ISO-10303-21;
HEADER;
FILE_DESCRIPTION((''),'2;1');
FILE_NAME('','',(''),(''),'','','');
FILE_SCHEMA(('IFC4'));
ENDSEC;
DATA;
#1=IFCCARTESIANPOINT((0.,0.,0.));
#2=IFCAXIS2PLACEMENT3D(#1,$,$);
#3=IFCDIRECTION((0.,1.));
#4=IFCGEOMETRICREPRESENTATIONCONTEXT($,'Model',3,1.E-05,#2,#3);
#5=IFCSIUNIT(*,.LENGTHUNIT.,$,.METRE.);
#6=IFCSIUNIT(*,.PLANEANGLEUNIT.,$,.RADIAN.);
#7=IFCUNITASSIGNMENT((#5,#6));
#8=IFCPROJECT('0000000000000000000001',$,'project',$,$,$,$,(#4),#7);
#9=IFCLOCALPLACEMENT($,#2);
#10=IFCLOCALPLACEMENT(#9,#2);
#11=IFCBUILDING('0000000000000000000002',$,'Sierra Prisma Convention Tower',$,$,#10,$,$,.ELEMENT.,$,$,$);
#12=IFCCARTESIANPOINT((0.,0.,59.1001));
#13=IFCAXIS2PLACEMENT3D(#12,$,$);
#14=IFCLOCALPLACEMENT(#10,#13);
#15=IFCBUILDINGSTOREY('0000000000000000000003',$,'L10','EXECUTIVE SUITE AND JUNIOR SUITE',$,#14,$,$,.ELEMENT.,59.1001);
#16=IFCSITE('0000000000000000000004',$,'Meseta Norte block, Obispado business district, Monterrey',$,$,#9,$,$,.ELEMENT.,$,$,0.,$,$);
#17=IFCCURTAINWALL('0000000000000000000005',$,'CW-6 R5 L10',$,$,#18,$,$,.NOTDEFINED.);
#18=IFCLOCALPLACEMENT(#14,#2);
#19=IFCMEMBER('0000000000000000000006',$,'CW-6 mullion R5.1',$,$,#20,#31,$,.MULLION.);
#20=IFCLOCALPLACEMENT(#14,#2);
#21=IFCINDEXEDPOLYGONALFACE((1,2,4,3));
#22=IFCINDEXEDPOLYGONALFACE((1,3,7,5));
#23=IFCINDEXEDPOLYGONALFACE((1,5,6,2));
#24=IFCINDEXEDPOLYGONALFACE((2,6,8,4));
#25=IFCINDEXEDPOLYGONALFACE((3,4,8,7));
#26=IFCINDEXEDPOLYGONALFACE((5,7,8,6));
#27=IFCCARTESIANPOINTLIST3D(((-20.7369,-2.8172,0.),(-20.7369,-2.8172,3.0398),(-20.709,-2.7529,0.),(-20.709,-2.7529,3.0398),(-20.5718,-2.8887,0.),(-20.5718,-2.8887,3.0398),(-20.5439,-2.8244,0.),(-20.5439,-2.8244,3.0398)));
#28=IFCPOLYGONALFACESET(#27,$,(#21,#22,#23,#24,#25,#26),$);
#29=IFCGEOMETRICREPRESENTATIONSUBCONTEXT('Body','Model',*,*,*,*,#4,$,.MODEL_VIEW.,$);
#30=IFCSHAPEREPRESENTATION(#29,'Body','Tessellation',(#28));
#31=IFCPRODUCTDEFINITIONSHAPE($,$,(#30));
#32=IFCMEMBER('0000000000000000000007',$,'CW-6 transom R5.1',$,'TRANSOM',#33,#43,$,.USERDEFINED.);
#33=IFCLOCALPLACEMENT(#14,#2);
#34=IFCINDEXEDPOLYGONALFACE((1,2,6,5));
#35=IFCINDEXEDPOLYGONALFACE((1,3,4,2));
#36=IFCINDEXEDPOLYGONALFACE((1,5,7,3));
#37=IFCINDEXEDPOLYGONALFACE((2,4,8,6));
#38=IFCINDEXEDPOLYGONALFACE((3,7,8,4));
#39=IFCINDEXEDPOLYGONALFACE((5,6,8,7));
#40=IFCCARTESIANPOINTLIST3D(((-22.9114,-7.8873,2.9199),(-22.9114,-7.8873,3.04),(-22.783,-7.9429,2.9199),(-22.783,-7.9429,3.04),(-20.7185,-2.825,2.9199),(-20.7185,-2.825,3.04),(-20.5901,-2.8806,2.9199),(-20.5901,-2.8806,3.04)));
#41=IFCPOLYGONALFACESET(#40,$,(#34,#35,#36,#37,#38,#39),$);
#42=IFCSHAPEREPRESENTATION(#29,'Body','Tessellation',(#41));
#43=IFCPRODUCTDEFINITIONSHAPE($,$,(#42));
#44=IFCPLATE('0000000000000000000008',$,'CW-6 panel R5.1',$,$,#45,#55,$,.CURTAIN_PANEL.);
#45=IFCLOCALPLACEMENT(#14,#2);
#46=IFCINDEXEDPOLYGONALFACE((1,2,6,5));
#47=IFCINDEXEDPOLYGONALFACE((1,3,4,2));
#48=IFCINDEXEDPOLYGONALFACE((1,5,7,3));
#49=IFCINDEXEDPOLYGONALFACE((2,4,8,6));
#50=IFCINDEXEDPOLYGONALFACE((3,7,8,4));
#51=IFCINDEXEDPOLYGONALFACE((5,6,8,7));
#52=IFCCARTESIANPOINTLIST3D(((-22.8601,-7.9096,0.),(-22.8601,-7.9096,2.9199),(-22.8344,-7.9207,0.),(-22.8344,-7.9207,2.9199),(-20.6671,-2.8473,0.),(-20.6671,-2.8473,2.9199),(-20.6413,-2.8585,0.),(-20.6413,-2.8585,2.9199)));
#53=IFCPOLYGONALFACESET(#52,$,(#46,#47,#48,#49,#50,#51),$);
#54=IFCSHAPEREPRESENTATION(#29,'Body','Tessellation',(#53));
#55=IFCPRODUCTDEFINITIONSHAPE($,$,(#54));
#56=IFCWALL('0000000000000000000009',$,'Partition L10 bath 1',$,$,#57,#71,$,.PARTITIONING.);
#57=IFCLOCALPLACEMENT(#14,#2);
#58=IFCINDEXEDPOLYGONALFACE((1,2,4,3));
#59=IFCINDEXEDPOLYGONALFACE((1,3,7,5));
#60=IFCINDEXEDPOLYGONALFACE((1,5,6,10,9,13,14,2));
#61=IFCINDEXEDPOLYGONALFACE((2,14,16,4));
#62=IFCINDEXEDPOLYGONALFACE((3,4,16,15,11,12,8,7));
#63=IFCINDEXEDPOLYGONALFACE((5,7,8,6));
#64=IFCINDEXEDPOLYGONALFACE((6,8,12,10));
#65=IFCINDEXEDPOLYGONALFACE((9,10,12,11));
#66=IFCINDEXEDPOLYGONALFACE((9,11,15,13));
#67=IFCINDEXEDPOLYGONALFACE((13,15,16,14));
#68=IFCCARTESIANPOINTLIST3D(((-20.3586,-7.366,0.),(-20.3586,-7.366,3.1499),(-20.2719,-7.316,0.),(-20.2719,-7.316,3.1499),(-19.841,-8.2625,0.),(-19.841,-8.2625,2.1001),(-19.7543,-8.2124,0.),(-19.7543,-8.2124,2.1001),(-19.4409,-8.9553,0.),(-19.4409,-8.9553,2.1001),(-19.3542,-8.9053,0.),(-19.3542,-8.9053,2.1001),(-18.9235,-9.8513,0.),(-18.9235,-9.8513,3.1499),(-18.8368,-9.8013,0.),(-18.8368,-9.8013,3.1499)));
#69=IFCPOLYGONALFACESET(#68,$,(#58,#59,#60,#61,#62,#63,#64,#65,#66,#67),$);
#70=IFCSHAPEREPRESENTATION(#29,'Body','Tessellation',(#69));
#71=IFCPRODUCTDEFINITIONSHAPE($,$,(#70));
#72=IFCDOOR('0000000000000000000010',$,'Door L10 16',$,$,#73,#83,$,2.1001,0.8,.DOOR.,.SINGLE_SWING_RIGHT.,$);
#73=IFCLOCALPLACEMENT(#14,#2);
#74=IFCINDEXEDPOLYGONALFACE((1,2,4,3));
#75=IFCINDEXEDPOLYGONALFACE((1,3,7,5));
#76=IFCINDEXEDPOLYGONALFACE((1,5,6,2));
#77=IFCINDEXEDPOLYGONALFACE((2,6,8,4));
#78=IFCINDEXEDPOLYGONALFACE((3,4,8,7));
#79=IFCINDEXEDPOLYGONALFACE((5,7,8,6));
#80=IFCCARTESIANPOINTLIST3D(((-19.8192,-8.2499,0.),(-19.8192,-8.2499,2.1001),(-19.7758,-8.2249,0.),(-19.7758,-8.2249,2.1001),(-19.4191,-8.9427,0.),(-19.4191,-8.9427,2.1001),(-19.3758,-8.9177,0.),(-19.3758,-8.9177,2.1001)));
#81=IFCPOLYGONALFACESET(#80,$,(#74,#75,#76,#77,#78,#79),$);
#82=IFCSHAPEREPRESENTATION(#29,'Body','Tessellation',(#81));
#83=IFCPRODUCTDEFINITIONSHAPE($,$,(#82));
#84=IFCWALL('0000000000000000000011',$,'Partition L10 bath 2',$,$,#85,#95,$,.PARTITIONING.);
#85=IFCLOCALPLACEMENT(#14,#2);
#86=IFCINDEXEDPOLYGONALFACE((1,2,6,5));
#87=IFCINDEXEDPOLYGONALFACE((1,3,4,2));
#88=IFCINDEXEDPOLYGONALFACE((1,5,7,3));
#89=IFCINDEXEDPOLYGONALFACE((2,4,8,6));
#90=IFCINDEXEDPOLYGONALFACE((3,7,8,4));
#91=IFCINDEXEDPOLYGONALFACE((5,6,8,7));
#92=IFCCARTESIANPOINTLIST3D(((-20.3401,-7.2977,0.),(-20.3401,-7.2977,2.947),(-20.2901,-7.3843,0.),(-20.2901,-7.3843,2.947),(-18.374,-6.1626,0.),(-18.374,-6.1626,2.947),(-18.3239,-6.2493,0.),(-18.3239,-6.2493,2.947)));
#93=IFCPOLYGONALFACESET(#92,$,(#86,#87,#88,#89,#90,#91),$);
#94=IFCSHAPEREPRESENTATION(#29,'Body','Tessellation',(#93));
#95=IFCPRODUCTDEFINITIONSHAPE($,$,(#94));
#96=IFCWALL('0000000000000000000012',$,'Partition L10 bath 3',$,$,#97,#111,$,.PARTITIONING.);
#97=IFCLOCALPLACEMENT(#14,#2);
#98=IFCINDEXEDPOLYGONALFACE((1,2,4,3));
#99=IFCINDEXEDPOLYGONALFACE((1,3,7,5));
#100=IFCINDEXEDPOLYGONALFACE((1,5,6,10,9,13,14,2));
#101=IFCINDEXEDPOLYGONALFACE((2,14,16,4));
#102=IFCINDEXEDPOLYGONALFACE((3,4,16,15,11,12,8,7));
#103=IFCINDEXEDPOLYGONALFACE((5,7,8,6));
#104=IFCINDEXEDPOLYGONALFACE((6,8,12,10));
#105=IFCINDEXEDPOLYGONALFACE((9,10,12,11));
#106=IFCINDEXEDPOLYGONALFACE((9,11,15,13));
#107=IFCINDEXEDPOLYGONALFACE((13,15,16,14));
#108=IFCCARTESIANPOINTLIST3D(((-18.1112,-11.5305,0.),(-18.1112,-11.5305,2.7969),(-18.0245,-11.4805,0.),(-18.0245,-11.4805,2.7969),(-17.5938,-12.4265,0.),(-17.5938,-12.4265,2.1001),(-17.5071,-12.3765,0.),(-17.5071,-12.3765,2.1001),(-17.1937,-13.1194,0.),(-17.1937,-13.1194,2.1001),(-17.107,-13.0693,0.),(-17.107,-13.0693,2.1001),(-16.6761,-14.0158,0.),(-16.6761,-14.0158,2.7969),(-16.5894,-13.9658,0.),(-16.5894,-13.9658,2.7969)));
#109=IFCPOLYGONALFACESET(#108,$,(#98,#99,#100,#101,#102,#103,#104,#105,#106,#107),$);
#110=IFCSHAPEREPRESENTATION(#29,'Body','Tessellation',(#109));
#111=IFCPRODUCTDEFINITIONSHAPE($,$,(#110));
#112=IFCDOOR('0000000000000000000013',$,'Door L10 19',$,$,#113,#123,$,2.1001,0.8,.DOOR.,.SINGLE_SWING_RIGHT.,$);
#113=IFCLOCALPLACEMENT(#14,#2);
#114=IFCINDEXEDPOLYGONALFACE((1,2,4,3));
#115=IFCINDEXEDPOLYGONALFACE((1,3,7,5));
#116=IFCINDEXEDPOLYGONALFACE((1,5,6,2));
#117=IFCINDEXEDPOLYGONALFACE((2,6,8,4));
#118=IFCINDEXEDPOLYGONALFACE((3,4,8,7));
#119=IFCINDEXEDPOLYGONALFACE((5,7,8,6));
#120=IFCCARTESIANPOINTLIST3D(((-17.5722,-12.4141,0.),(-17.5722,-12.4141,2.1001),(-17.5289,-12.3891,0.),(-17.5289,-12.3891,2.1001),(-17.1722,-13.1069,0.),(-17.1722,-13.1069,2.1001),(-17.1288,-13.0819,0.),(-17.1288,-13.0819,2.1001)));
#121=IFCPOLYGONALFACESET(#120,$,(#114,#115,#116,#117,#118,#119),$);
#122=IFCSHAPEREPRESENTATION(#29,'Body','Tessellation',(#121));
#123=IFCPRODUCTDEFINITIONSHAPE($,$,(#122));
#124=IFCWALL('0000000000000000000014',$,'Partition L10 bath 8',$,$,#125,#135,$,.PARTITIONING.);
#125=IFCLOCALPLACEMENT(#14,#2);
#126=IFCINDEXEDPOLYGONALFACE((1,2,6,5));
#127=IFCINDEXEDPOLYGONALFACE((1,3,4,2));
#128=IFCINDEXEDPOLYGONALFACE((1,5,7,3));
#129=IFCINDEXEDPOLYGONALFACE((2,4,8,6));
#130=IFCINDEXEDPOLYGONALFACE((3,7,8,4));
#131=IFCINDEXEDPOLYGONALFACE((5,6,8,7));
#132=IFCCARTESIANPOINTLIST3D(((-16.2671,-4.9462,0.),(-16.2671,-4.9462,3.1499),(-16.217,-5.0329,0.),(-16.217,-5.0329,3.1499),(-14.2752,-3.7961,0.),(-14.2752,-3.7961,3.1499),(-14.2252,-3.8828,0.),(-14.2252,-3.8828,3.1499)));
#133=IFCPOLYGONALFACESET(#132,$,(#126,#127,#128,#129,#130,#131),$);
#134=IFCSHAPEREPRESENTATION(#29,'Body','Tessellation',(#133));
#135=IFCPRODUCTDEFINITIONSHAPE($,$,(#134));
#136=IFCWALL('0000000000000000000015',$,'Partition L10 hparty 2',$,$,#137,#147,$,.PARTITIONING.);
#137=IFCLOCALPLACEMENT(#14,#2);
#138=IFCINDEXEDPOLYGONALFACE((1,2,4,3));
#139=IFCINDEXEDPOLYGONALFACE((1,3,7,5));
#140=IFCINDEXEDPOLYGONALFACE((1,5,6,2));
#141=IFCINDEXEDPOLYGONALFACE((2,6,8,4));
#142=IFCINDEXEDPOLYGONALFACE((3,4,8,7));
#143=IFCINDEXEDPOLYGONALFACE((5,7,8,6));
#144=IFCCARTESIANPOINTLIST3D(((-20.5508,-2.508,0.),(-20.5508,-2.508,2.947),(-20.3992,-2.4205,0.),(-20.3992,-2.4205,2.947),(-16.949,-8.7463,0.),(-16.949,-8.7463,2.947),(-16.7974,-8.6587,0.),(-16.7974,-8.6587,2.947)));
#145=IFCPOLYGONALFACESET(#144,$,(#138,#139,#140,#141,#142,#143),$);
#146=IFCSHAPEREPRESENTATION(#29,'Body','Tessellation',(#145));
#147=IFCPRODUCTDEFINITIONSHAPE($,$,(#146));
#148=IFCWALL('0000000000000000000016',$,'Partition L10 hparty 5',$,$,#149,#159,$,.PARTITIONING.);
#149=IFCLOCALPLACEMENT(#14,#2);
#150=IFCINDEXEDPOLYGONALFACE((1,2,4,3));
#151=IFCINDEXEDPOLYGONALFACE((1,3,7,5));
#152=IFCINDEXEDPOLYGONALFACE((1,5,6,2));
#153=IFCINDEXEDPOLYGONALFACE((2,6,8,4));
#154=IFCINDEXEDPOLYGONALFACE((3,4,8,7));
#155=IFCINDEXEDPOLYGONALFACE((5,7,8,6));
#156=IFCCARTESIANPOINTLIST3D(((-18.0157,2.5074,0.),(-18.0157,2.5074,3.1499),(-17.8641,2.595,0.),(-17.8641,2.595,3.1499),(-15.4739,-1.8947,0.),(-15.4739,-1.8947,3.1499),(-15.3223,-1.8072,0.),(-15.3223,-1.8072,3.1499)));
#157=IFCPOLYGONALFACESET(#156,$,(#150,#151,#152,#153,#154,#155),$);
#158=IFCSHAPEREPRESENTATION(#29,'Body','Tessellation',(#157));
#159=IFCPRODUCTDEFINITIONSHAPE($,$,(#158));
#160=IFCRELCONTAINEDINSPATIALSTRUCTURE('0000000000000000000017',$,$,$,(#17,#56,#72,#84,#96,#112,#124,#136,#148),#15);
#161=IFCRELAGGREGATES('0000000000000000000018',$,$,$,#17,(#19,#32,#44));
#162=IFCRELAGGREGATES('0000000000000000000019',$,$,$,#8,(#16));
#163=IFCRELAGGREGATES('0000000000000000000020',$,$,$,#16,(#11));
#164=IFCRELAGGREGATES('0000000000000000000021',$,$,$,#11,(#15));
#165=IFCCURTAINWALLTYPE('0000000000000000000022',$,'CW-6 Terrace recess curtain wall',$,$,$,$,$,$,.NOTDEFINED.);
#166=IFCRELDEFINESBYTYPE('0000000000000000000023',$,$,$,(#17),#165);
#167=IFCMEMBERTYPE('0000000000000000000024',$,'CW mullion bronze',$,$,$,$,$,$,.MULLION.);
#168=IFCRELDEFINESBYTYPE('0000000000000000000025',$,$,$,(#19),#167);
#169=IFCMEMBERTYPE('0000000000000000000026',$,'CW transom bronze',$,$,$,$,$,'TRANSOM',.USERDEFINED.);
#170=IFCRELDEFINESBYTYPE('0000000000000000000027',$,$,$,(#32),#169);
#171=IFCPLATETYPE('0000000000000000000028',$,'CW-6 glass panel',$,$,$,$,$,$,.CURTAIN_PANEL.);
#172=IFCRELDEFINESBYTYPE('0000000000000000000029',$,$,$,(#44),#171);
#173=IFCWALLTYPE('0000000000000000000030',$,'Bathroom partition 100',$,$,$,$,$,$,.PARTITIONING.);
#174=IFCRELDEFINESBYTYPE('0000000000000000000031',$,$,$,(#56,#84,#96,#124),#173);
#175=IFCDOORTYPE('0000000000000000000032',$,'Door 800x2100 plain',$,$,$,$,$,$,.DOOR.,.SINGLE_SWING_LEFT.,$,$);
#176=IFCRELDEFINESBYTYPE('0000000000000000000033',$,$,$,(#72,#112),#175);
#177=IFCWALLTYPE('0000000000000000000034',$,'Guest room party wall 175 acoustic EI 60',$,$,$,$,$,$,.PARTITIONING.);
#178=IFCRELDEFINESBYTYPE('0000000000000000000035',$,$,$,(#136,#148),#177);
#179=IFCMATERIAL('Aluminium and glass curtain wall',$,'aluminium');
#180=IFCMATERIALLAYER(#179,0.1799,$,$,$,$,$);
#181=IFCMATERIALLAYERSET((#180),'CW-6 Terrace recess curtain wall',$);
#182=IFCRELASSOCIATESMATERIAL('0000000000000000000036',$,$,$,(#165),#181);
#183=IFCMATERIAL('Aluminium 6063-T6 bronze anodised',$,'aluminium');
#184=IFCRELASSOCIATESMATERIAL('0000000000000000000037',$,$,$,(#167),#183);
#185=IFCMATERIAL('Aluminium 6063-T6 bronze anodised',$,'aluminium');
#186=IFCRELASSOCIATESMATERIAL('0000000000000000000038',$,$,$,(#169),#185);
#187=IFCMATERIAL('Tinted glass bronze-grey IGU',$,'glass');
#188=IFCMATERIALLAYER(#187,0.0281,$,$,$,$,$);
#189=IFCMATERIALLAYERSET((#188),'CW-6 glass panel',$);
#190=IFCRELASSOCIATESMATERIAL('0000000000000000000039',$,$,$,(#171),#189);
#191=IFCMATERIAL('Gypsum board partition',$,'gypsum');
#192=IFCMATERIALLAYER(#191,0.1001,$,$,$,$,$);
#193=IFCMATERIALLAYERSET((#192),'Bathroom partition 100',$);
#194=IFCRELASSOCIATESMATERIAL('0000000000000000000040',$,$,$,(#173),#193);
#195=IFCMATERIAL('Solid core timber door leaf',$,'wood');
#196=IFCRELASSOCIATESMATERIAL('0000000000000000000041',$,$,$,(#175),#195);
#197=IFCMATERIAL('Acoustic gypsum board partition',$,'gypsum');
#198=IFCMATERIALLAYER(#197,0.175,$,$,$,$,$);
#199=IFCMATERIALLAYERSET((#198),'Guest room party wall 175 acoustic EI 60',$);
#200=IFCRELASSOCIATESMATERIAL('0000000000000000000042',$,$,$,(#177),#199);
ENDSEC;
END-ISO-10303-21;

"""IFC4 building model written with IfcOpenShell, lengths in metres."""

from ifc_helpers import new_model, si_unit, direction, frame, frame_2d, origin, origin_2d, place, context, subcontext, project, spatial, rectangle, extrude, material, layer, layer_set, material_profile, profile_set, type_object, element, fill, aggregate, save


model = new_model("IFC4")

# Units and contexts
model_context = context("Model", 3, precision=1e-05, world=origin(), true_north=direction((0.0, 1.0)))
body_context = subcontext(model_context, "Body", "Model", "MODEL_VIEW")
ifc_project = project(units=[si_unit("LENGTHUNIT", "METRE"), si_unit("PLANEANGLEUNIT", "RADIAN")], contexts=[model_context])

# Site, building, storey
site_placement = place(None, origin())
site = spatial("IfcSite", under=ifc_project, at=site_placement, Name="Meseta Norte block, Obispado business district, Monterrey", CompositionType="ELEMENT", RefElevation=0.0)
building_placement = place(site_placement, origin())
building = spatial("IfcBuilding", under=site, at=building_placement, Name="Sierra Prisma Convention Tower", CompositionType="ELEMENT")
storey_placement = place(building_placement, frame((0.0, 0.0, 59.1001)))
storey = spatial("IfcBuildingStorey", under=building, at=storey_placement, Name="L10", Description="EXECUTIVE SUITE AND JUNIOR SUITE", CompositionType="ELEMENT", Elevation=59.1001)

# Curtain wall, members, plate
ifc_material_1 = material(Name="Aluminium and glass curtain wall", Category="aluminium")
ifc_layer_1 = layer(ifc_material_1, 0.1799)
ifc_layer_set_1 = layer_set([ifc_layer_1], Name="CW-6 Terrace recess curtain wall")
curtain_wall_type = type_object("IfcCurtainWallType", Name="CW-6 Terrace recess curtain wall", PredefinedType="NOTDEFINED", material=ifc_layer_set_1)
curtain_wall_placement = place(storey_placement, origin())
curtain_wall = element("IfcCurtainWall", 1, at=curtain_wall_placement, inside=storey, type_object=curtain_wall_type, Name="CW-6 R5 L10", PredefinedType="NOTDEFINED")
ifc_material_2 = material(Name="Aluminium 6063-T6 bronze anodised", Category="aluminium")
ifc_material_profile_1 = material_profile(ifc_material_2, rectangle(XDim=0.1799, YDim=0.0701, at=origin_2d()), Name="ALU MULLION 70x180")
ifc_profile_set_1 = profile_set([ifc_material_profile_1], Name="Aluminium 6063-T6 bronze anodised")
member_type_1 = type_object("IfcMemberType", Name="CW mullion bronze", PredefinedType="MULLION", material=ifc_profile_set_1)
member_1_placement = place(storey_placement, frame((-20.6404, -2.8208, 0.0), z_axis=(0.0, 0.0, 1.0), x_axis=(0.917597, -0.397512, 0.0)))
member_1 = element("IfcMember", 2, at=member_1_placement, type_object=member_type_1, Name="CW-6 mullion R5.1", PredefinedType="MULLION", context=body_context, shape_type="SweptSolid", body=[
    extrude(rectangle(XDim=0.1799, YDim=0.0701, at=origin_2d()), origin(), (0.0, 0.0, 1.0), 3.0398),
])
ifc_material_3 = material(Name="Aluminium 6063-T6 bronze anodised", Category="aluminium")
ifc_material_profile_2 = material_profile(ifc_material_3, rectangle(XDim=0.1399, YDim=0.1201, at=origin_2d()), Name="ALU TRANSOM 120x140")
ifc_profile_set_2 = profile_set([ifc_material_profile_2], Name="Aluminium 6063-T6 bronze anodised")
member_type_2 = type_object("IfcMemberType", Name="CW transom bronze", ElementType="TRANSOM", PredefinedType="USERDEFINED", material=ifc_profile_set_2)
member_2_placement = place(storey_placement, frame((-20.6543, -2.8528, 2.98), z_axis=(-0.397489, -0.917607, 0.0), x_axis=(0.917607, -0.397489, 0.0)))
member_2 = element("IfcMember", 3, at=member_2_placement, type_object=member_type_2, Name="CW-6 transom R5.1", ObjectType="TRANSOM", PredefinedType="USERDEFINED", context=body_context, shape_type="SweptSolid", body=[
    extrude(rectangle(XDim=0.1399, YDim=0.1201, at=origin_2d()), origin(), (0.0, 0.0, 1.0), 5.5168),
])
ifc_material_4 = material(Name="Tinted glass bronze-grey IGU", Category="glass")
ifc_layer_2 = layer(ifc_material_4, 0.0281)
ifc_layer_set_2 = layer_set([ifc_layer_2], Name="CW-6 glass panel")
plate_type = type_object("IfcPlateType", Name="CW-6 glass panel", PredefinedType="CURTAIN_PANEL", material=ifc_layer_set_2)
plate_placement = place(storey_placement, frame((-21.7507, -5.384, 0.0), z_axis=(0.0, 0.0, 1.0), x_axis=(-0.397512, -0.917597, 0.0)))
plate = element("IfcPlate", 4, at=plate_placement, type_object=plate_type, Name="CW-6 panel R5.1", PredefinedType="CURTAIN_PANEL", context=body_context, shape_type="SweptSolid", body=[
    extrude(rectangle(XDim=5.5168, YDim=0.0281, at=origin_2d()), origin(), (0.0, 0.0, 1.0), 2.9199),
])
aggregate(curtain_wall, [member_1, member_2, plate])

# Wall, opening, door
ifc_material_5 = material(Name="Gypsum board partition", Category="gypsum")
ifc_layer_3 = layer(ifc_material_5, 0.1001)
ifc_layer_set_3 = layer_set([ifc_layer_3], Name="Bathroom partition 100")
wall_type_1 = type_object("IfcWallType", Name="Bathroom partition 100", PredefinedType="PARTITIONING", material=ifc_layer_set_3)
wall_1_placement = place(storey_placement, frame((-18.8801, -9.8264, 0.0), z_axis=(0.0, 0.0, 1.0), x_axis=(-0.500037, 0.866004, 0.0)))
wall_1 = element("IfcWall", 5, at=wall_1_placement, inside=storey, type_object=wall_type_1, Name="Partition L10 bath 1", PredefinedType="PARTITIONING", context=body_context, shape_type="SweptSolid", body=[
    extrude(rectangle(XDim=2.8699, YDim=0.1001, at=frame_2d((1.4351, 0.0))), origin(), (0.0, 0.0, 1.0), 3.1499),
])
opening_1_placement = place(wall_1_placement, frame((1.0349, 0.0, 0.0)))
opening_1 = element("IfcOpeningElement", 6, at=opening_1_placement, cuts=wall_1, PredefinedType="OPENING", context=body_context, shape_type="SweptSolid", body=[
    extrude(rectangle(XDim=0.8, YDim=2.1001, at=frame_2d((0.3999, 1.05))), frame((0.0, 0.05, 0.0), z_axis=(0.0, -1.0, 0.0), x_axis=(1.0, 0.0, 0.0)), (0.0, 0.0, 1.0), 0.1001),
])
ifc_material_6 = material(Name="Solid core timber door leaf", Category="wood")
door_type = type_object("IfcDoorType", Name="Door 800x2100 plain", OperationType="SINGLE_SWING_LEFT", PredefinedType="DOOR", material=ifc_material_6)
door_1_placement = place(opening_1_placement, origin())
door_1 = element("IfcDoor", 7, at=door_1_placement, inside=storey, type_object=door_type, Name="Door L10 16", OperationType="SINGLE_SWING_RIGHT", OverallHeight=2.1001, OverallWidth=0.8, PredefinedType="DOOR", context=body_context, shape_type="SweptSolid", body=[
    extrude(rectangle(XDim=0.8, YDim=2.1001, at=frame_2d((0.3999, 1.05))), frame((0.0, 0.0249, 0.0), z_axis=(0.0, -1.0, 0.0), x_axis=(1.0, 0.0, 0.0)), (0.0, 0.0, 1.0), 0.05),
])
fill(opening_1, door_1)

# Wall
wall_2_placement = place(storey_placement, frame((-20.3152, -7.3411, 0.0), z_axis=(0.0, 0.0, 1.0), x_axis=(0.866044, 0.499968, 0.0)))
element("IfcWall", 8, at=wall_2_placement, inside=storey, type_object=wall_type_1, Name="Partition L10 bath 2", PredefinedType="PARTITIONING", context=body_context, shape_type="SweptSolid", body=[
    extrude(rectangle(XDim=2.2703, YDim=0.1001, at=frame_2d((1.1353, 0.0))), origin(), (0.0, 0.0, 1.0), 2.947),
])

# Wall, opening, door
wall_3_placement = place(storey_placement, frame((-18.0679, -11.5054, 0.0), z_axis=(0.0, 0.0, 1.0), x_axis=(0.500037, -0.866004, 0.0)))
wall_3 = element("IfcWall", 9, at=wall_3_placement, inside=storey, type_object=wall_type_1, Name="Partition L10 bath 3", PredefinedType="PARTITIONING", context=body_context, shape_type="SweptSolid", body=[
    extrude(rectangle(XDim=2.8699, YDim=0.1001, at=frame_2d((1.4351, 0.0))), origin(), (0.0, 0.0, 1.0), 2.7969),
])
opening_2_placement = place(wall_3_placement, frame((1.0349, 0.0, 0.0)))
opening_2 = element("IfcOpeningElement", 10, at=opening_2_placement, cuts=wall_3, PredefinedType="OPENING", context=body_context, shape_type="SweptSolid", body=[
    extrude(rectangle(XDim=0.8, YDim=2.1001, at=frame_2d((0.3999, 1.05))), frame((0.0, 0.05, 0.0), z_axis=(0.0, -1.0, 0.0), x_axis=(1.0, 0.0, 0.0)), (0.0, 0.0, 1.0), 0.1001),
])
door_2_placement = place(opening_2_placement, origin())
door_2 = element("IfcDoor", 11, at=door_2_placement, inside=storey, type_object=door_type, Name="Door L10 19", OperationType="SINGLE_SWING_RIGHT", OverallHeight=2.1001, OverallWidth=0.8, PredefinedType="DOOR", context=body_context, shape_type="SweptSolid", body=[
    extrude(rectangle(XDim=0.8, YDim=2.1001, at=frame_2d((0.3999, 1.05))), frame((0.0, 0.0249, 0.0), z_axis=(0.0, -1.0, 0.0), x_axis=(1.0, 0.0, 0.0)), (0.0, 0.0, 1.0), 0.05),
])
fill(opening_2, door_2)

# Walls
wall_4_placement = place(storey_placement, frame((-16.2419, -4.9895, 0.0), z_axis=(0.0, 0.0, 1.0), x_axis=(0.866007, 0.500032, 0.0)))
element("IfcWall", 12, at=wall_4_placement, inside=storey, type_object=wall_type_1, Name="Partition L10 bath 8", PredefinedType="PARTITIONING", context=body_context, shape_type="SweptSolid", body=[
    extrude(rectangle(XDim=2.3, YDim=0.1001, at=frame_2d((1.1499, 0.0))), origin(), (0.0, 0.0, 1.0), 3.1499),
])
ifc_material_7 = material(Name="Acoustic gypsum board partition", Category="gypsum")
ifc_layer_4 = layer(ifc_material_7, 0.175)
ifc_layer_set_4 = layer_set([ifc_layer_4], Name="Guest room party wall 175 acoustic EI 60")
wall_type_2 = type_object("IfcWallType", Name="Guest room party wall 175 acoustic EI 60", PredefinedType="PARTITIONING", material=ifc_layer_set_4)
wall_5_placement = place(storey_placement, frame((-16.8733, -8.7024, 0.0), z_axis=(0.0, 0.0, 1.0), x_axis=(-0.500014, 0.866017, 0.0)))
element("IfcWall", 13, at=wall_5_placement, inside=storey, type_object=wall_type_2, Name="Partition L10 hparty 2", PredefinedType="PARTITIONING", context=body_context, shape_type="SweptSolid", body=[
    extrude(rectangle(XDim=7.2034, YDim=0.175, at=frame_2d((3.6016, 0.0))), origin(), (0.0, 0.0, 1.0), 2.947),
])
wall_6_placement = place(storey_placement, frame((-15.3982, -1.8508, 0.0), z_axis=(0.0, 0.0, 1.0), x_axis=(-0.500029, 0.866009, 0.0)))
element("IfcWall", 14, at=wall_6_placement, inside=storey, type_object=wall_type_2, Name="Partition L10 hparty 5", PredefinedType="PARTITIONING", context=body_context, shape_type="SweptSolid", body=[
    extrude(rectangle(XDim=5.0833, YDim=0.175, at=frame_2d((2.5415, 0.0))), origin(), (0.0, 0.0, 1.0), 3.1499),
])

save(model, "model.ifc")
